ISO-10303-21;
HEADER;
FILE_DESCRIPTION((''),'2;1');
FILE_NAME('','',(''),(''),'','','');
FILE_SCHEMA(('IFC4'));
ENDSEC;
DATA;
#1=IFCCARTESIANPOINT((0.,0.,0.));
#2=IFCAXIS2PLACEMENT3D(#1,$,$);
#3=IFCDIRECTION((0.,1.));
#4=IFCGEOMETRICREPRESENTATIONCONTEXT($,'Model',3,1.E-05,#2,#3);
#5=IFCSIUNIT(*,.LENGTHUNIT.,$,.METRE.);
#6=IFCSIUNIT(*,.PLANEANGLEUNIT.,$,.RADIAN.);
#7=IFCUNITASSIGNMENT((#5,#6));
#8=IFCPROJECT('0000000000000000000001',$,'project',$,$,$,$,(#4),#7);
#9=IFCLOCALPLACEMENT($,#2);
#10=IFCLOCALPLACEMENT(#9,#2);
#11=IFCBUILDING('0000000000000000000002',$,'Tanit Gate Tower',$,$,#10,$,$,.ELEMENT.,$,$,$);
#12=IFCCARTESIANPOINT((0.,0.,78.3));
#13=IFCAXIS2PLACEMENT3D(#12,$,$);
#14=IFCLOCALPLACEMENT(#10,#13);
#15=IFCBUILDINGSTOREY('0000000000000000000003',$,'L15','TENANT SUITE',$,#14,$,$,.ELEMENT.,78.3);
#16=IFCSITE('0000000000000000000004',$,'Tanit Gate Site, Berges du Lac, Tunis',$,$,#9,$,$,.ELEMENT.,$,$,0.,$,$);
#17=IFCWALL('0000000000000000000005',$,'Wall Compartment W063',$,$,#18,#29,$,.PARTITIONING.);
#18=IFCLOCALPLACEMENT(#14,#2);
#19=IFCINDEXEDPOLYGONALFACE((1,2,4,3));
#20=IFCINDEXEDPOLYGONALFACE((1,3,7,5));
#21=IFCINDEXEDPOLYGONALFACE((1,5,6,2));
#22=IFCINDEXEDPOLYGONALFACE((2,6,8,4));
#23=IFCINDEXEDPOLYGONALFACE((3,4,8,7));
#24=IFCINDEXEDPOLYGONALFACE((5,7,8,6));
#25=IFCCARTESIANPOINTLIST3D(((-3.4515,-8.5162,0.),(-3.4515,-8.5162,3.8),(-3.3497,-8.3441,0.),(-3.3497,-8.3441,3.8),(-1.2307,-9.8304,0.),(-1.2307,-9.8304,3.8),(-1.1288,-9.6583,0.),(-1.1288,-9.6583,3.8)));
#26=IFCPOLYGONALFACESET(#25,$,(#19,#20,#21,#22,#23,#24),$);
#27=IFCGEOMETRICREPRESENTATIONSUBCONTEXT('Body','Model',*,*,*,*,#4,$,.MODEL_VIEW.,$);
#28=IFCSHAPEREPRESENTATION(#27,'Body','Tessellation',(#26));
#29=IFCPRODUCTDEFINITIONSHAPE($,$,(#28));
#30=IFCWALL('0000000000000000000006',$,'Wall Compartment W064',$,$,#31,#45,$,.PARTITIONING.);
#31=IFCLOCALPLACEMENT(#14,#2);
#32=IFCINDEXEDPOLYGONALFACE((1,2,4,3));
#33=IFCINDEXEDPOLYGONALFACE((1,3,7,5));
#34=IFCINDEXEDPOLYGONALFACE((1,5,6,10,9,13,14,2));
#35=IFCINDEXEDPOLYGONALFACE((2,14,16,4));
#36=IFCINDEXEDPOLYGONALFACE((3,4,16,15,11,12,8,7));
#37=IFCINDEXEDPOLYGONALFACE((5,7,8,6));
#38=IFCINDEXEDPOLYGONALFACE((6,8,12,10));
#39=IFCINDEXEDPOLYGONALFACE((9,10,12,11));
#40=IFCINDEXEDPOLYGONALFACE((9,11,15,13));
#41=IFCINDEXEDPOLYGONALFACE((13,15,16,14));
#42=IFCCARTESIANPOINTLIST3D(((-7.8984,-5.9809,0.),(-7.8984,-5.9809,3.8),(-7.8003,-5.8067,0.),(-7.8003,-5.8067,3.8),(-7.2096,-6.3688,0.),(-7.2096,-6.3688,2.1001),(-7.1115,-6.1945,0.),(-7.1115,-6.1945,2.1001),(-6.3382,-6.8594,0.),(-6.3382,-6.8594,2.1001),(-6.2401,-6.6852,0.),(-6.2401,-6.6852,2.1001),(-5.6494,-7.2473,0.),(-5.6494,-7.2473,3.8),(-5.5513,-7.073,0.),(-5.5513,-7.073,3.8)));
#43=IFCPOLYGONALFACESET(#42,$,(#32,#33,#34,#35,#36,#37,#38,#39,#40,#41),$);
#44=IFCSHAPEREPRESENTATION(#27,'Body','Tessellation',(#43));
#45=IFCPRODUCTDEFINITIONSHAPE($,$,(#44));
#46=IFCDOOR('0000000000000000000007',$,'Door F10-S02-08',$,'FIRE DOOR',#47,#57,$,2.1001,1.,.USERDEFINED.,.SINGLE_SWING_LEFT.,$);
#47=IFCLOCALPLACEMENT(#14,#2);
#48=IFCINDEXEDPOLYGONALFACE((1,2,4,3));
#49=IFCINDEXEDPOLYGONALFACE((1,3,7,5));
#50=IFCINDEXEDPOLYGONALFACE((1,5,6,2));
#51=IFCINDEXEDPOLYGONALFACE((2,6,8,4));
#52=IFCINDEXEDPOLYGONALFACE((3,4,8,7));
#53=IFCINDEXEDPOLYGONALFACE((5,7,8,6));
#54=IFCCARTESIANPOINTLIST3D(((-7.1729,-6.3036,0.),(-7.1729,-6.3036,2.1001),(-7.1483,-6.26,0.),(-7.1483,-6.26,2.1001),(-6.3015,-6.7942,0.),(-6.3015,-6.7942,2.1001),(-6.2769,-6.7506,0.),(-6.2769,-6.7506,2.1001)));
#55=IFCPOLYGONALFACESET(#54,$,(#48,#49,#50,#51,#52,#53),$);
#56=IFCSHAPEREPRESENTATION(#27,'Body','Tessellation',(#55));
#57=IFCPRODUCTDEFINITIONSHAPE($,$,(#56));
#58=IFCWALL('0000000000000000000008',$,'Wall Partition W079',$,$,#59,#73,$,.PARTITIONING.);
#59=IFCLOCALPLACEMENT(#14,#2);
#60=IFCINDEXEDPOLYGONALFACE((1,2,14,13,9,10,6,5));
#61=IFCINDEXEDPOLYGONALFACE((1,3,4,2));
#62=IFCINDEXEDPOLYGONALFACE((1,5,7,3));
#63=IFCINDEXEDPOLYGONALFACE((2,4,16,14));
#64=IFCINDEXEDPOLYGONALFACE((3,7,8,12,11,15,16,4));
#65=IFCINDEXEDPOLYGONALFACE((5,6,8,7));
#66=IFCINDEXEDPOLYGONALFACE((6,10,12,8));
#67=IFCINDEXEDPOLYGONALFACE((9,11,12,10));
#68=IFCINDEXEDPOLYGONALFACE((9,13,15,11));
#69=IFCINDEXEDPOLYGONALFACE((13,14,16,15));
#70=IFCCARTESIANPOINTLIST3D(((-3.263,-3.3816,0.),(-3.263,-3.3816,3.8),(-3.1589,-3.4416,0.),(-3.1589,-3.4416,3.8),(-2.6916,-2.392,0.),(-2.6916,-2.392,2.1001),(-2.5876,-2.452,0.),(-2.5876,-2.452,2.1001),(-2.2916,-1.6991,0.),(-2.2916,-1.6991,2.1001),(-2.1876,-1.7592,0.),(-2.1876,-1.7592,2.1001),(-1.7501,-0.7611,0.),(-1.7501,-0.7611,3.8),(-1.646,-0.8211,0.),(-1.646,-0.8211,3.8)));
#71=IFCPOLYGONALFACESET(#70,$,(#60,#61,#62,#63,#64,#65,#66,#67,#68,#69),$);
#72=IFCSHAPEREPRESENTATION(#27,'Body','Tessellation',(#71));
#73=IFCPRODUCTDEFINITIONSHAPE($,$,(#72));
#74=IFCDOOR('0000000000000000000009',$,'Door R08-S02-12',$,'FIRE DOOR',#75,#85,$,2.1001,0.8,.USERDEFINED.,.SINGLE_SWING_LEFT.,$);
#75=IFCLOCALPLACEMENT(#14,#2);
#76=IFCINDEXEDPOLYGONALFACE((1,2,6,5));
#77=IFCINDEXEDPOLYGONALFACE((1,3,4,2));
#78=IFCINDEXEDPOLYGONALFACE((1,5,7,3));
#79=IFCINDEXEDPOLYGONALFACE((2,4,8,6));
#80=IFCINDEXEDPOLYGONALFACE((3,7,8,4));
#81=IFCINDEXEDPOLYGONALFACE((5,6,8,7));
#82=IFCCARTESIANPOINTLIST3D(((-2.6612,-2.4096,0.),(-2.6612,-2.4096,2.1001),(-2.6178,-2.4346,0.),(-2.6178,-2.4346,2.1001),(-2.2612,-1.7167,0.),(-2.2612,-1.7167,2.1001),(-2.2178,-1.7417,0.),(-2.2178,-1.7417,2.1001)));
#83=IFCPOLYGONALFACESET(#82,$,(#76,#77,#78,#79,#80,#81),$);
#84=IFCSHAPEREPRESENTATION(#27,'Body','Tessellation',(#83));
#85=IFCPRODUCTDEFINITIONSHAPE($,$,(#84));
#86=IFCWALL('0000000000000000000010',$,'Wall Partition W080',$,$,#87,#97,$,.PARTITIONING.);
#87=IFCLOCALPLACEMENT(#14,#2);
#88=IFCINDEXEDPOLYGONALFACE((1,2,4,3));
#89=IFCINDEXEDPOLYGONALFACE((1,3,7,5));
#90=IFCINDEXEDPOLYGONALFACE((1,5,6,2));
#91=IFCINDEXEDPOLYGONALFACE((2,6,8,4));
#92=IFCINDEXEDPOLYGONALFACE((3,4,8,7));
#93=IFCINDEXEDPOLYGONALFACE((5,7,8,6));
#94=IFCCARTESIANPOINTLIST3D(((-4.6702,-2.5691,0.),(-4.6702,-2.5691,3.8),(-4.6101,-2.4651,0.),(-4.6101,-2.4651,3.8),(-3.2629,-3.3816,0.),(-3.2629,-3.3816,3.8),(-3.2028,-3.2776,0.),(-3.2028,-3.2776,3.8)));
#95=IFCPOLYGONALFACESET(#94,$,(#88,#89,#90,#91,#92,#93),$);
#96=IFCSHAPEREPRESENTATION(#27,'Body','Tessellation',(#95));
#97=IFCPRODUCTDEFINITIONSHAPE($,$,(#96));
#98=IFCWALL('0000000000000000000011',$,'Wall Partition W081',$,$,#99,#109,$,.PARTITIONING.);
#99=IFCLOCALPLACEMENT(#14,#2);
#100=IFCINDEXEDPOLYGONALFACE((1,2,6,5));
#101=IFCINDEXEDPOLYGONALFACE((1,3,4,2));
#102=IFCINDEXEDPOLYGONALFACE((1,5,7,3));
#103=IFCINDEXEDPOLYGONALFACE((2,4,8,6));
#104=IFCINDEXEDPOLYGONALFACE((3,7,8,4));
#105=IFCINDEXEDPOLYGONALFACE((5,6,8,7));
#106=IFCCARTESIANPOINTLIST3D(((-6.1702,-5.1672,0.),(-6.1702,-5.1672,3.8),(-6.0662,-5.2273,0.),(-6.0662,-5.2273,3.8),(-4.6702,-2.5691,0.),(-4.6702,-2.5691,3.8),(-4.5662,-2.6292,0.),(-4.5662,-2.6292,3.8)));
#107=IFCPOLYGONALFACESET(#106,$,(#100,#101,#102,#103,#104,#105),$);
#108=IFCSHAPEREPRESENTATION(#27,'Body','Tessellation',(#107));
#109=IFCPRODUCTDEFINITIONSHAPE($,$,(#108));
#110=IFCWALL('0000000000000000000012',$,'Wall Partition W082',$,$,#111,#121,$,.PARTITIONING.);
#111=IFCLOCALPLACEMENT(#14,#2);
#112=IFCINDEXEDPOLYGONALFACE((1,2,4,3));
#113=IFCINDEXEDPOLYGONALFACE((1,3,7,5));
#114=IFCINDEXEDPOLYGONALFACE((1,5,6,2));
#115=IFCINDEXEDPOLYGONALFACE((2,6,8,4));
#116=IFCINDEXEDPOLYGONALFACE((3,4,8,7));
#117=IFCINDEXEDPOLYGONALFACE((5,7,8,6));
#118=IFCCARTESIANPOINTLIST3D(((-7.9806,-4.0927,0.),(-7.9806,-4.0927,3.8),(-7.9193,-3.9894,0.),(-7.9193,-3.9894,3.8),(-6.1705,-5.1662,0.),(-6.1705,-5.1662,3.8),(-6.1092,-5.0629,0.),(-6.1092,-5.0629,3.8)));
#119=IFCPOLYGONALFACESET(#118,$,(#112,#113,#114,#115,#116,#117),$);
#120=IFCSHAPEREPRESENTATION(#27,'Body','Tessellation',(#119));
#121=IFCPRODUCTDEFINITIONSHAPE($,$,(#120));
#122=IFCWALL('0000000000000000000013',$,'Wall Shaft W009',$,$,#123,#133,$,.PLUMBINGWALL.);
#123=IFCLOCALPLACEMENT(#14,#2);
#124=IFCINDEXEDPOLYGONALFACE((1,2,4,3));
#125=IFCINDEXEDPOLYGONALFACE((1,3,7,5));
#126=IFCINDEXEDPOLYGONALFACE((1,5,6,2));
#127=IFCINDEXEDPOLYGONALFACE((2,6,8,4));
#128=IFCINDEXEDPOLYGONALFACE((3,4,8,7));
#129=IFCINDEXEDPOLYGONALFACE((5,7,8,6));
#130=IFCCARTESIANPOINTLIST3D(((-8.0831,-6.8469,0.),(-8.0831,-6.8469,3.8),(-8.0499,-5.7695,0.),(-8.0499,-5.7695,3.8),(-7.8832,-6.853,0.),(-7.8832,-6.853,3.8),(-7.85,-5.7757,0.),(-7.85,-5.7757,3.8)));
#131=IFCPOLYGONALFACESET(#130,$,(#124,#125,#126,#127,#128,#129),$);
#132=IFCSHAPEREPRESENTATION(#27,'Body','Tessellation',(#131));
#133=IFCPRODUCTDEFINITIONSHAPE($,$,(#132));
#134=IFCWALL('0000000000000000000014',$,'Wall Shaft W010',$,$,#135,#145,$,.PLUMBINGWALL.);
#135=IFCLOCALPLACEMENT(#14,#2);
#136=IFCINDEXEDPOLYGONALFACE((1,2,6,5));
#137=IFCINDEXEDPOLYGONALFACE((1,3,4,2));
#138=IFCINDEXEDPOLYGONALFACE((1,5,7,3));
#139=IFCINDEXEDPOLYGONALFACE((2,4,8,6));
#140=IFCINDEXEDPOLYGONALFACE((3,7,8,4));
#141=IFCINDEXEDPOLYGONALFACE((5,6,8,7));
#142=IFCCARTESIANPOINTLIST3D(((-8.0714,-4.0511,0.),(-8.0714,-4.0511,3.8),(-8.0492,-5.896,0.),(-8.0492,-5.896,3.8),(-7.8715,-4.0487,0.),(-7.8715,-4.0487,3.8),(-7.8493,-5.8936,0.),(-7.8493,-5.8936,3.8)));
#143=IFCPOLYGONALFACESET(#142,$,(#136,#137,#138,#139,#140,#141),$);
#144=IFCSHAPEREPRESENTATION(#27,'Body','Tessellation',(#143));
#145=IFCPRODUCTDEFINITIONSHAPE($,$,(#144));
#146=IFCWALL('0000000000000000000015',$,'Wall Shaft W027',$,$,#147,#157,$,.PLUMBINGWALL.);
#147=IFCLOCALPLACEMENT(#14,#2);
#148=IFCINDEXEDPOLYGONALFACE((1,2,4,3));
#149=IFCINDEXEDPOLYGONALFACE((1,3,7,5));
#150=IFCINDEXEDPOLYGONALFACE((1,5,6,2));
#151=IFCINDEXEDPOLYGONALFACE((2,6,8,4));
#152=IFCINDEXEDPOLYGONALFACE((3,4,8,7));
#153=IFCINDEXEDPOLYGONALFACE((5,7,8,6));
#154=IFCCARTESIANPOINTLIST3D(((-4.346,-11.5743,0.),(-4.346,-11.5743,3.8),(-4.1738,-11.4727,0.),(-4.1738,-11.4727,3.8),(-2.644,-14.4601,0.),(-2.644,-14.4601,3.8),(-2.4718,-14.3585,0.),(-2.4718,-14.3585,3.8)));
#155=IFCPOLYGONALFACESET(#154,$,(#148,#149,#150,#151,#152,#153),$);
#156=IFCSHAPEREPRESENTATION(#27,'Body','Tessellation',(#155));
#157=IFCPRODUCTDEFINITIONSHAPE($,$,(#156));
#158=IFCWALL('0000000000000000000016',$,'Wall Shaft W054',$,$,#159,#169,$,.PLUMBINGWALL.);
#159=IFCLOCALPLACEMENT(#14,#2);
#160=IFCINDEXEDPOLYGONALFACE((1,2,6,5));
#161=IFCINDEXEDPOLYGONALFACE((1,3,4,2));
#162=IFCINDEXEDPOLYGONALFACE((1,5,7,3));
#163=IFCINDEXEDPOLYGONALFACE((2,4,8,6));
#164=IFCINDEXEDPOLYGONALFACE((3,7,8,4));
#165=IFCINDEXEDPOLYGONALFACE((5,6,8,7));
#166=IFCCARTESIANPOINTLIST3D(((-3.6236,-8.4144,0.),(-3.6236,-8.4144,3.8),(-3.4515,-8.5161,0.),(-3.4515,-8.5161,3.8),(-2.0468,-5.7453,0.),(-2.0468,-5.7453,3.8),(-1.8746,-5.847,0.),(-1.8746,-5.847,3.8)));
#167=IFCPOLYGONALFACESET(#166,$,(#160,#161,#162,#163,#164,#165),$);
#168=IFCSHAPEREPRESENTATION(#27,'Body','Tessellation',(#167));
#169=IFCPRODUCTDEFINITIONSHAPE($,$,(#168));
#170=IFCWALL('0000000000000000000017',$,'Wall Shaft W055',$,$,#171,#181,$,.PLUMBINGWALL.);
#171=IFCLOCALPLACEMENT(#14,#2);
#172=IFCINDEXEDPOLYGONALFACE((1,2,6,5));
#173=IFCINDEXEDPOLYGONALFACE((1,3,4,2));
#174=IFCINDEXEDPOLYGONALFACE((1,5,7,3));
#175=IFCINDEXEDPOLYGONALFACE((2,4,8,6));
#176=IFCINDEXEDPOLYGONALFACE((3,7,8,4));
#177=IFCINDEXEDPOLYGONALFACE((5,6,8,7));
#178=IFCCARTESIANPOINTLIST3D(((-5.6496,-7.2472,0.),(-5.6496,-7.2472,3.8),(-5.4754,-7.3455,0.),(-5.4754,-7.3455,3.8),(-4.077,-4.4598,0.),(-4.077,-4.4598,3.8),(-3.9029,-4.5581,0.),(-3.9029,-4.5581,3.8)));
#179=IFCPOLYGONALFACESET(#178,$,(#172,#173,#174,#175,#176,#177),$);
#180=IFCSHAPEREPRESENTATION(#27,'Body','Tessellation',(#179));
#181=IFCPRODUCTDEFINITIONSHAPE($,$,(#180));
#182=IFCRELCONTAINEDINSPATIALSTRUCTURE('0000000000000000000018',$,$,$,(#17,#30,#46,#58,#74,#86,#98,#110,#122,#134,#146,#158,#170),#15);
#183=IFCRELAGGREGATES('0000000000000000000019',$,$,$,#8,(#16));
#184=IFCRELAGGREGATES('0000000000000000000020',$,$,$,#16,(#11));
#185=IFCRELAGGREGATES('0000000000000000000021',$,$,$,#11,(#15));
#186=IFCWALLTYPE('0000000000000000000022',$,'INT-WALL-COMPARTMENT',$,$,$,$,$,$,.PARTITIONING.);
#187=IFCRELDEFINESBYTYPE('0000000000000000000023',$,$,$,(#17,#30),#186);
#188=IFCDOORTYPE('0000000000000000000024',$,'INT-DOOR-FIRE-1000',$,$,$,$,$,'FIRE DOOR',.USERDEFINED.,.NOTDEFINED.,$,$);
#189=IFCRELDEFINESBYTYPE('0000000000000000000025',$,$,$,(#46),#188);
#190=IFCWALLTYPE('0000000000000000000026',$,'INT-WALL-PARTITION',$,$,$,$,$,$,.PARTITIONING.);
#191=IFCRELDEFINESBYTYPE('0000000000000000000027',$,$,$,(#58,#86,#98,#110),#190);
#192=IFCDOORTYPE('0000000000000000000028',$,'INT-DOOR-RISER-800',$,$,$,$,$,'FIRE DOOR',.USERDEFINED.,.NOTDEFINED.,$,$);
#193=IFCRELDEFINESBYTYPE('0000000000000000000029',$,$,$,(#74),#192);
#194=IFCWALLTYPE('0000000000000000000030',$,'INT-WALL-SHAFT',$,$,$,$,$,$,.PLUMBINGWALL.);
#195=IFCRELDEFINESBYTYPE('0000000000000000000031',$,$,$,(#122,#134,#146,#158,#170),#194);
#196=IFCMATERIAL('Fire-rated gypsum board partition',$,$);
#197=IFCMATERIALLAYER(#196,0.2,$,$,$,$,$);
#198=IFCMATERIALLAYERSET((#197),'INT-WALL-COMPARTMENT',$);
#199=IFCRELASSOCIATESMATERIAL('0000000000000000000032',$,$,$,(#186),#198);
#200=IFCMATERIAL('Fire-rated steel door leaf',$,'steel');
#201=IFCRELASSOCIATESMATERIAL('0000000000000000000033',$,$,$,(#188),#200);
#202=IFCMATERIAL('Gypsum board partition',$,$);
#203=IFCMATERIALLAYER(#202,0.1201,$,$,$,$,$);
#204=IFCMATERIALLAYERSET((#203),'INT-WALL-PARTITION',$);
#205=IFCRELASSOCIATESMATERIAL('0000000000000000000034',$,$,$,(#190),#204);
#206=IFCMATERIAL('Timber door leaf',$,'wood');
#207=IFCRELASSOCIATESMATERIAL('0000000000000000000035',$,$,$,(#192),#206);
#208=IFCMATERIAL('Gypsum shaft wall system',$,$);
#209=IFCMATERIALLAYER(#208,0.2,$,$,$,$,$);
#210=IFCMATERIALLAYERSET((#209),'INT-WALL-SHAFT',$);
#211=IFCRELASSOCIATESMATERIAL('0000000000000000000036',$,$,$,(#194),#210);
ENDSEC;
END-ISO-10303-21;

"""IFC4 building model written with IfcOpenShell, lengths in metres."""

from ifc_helpers import new_model, si_unit, direction, frame, frame_2d, origin, place, context, subcontext, project, spatial, rectangle, extrude, material, layer, layer_set, type_object, element, fill, save


model = new_model("IFC4")

# Units and contexts
model_context = context("Model", 3, precision=1e-05, world=origin(), true_north=direction((0.0, 1.0)))
body_context = subcontext(model_context, "Body", "Model", "MODEL_VIEW")
ifc_project = project(units=[si_unit("LENGTHUNIT", "METRE"), si_unit("PLANEANGLEUNIT", "RADIAN")], contexts=[model_context])

# Site, building, storey
site_placement = place(None, origin())
site = spatial("IfcSite", under=ifc_project, at=site_placement, Name="Tanit Gate Site, Berges du Lac, Tunis", CompositionType="ELEMENT", RefElevation=0.0)
building_placement = place(site_placement, origin())
building = spatial("IfcBuilding", under=site, at=building_placement, Name="Tanit Gate Tower", CompositionType="ELEMENT")
storey_placement = place(building_placement, frame((0.0, 0.0, 78.3)))
storey = spatial("IfcBuildingStorey", under=building, at=storey_placement, Name="L15", Description="TENANT SUITE", CompositionType="ELEMENT", Elevation=78.3)

# Wall
ifc_material_1 = material(Name="Fire-rated gypsum board partition")
ifc_layer_1 = layer(ifc_material_1, 0.2)
ifc_layer_set_1 = layer_set([ifc_layer_1], Name="INT-WALL-COMPARTMENT")
wall_type_1 = type_object("IfcWallType", Name="INT-WALL-COMPARTMENT", PredefinedType="PARTITIONING", material=ifc_layer_set_1)
wall_1_placement = place(storey_placement, frame((-3.4006, -8.4302, 0.0), z_axis=(0.0, 0.0, 1.0), x_axis=(0.860616, -0.509255, 0.0)))
element("IfcWall", 1, at=wall_1_placement, inside=storey, type_object=wall_type_1, Name="Wall Compartment W063", PredefinedType="PARTITIONING", context=body_context, shape_type="SweptSolid", body=[
    extrude(rectangle(XDim=2.5806, YDim=0.2, at=frame_2d((1.2903, 0.0))), origin(), (0.0, 0.0, 1.0), 3.8),
])

# Walls, openings, doors
wall_2_placement = place(storey_placement, frame((-7.8494, -5.8938, 0.0), z_axis=(0.0, 0.0, 1.0), x_axis=(0.871363, -0.490638, 0.0)))
wall_2 = element("IfcWall", 2, at=wall_2_placement, inside=storey, type_object=wall_type_1, Name="Wall Compartment W064", PredefinedType="PARTITIONING", context=body_context, shape_type="SweptSolid", body=[
    extrude(rectangle(XDim=2.5811, YDim=0.2, at=frame_2d((1.2905, 0.0))), origin(), (0.0, 0.0, 1.0), 3.8),
])
opening_1_placement = place(wall_2_placement, frame((0.7905, 0.0, 0.0)))
opening_1 = element("IfcOpeningElement", 3, at=opening_1_placement, cuts=wall_2, PredefinedType="OPENING", context=body_context, shape_type="SweptSolid", body=[
    extrude(rectangle(XDim=1.0, YDim=2.1001, at=frame_2d((0.5, 1.05))), frame((0.0, 0.1099, 0.0), z_axis=(0.0, -1.0, 0.0), x_axis=(1.0, 0.0, 0.0)), (0.0, 0.0, 1.0), 0.22),
])
ifc_material_2 = material(Name="Fire-rated steel door leaf", Category="steel")
door_type_1 = type_object("IfcDoorType", Name="INT-DOOR-FIRE-1000", ElementType="FIRE DOOR", OperationType="NOTDEFINED", PredefinedType="USERDEFINED", material=ifc_material_2)
door_1_placement = place(opening_1_placement, origin())
door_1 = element("IfcDoor", 4, at=door_1_placement, inside=storey, type_object=door_type_1, Name="Door F10-S02-08", ObjectType="FIRE DOOR", OperationType="SINGLE_SWING_LEFT", OverallHeight=2.1001, OverallWidth=1.0, PredefinedType="USERDEFINED", context=body_context, shape_type="SweptSolid", body=[
    extrude(rectangle(XDim=1.0, YDim=2.1001, at=frame_2d((0.5, 1.05))), frame((0.0, 0.0249, 0.0), z_axis=(0.0, -1.0, 0.0), x_axis=(1.0, 0.0, 0.0)), (0.0, 0.0, 1.0), 0.05),
])
fill(opening_1, door_1)
ifc_material_3 = material(Name="Gypsum board partition")
ifc_layer_2 = layer(ifc_material_3, 0.1201)
ifc_layer_set_2 = layer_set([ifc_layer_2], Name="INT-WALL-PARTITION")
wall_type_2 = type_object("IfcWallType", Name="INT-WALL-PARTITION", PredefinedType="PARTITIONING", material=ifc_layer_set_2)
wall_3_placement = place(storey_placement, frame((-3.2109, -3.4116, 0.0), z_axis=(0.0, 0.0, 1.0), x_axis=(0.499983, 0.866035, 0.0)))
wall_3 = element("IfcWall", 5, at=wall_3_placement, inside=storey, type_object=wall_type_2, Name="Wall Partition W079", PredefinedType="PARTITIONING", context=body_context, shape_type="SweptSolid", body=[
    extrude(rectangle(XDim=3.0259, YDim=0.1201, at=frame_2d((1.5129, 0.0))), origin(), (0.0, 0.0, 1.0), 3.8),
])
opening_2_placement = place(wall_3_placement, frame((1.1428, 0.0, 0.0)))
opening_2 = element("IfcOpeningElement", 6, at=opening_2_placement, cuts=wall_3, PredefinedType="OPENING", context=body_context, shape_type="SweptSolid", body=[
    extrude(rectangle(XDim=0.8, YDim=2.1001, at=frame_2d((0.3999, 1.05))), frame((0.0, 0.0701, 0.0), z_axis=(0.0, -1.0, 0.0), x_axis=(1.0, 0.0, 0.0)), (0.0, 0.0, 1.0), 0.1401),
])
ifc_material_4 = material(Name="Timber door leaf", Category="wood")
door_type_2 = type_object("IfcDoorType", Name="INT-DOOR-RISER-800", ElementType="FIRE DOOR", OperationType="NOTDEFINED", PredefinedType="USERDEFINED", material=ifc_material_4)
door_2_placement = place(opening_2_placement, origin())
door_2 = element("IfcDoor", 7, at=door_2_placement, inside=storey, type_object=door_type_2, Name="Door R08-S02-12", ObjectType="FIRE DOOR", OperationType="SINGLE_SWING_LEFT", OverallHeight=2.1001, OverallWidth=0.8, PredefinedType="USERDEFINED", context=body_context, shape_type="SweptSolid", body=[
    extrude(rectangle(XDim=0.8, YDim=2.1001, at=frame_2d((0.3999, 1.05))), frame((0.0, 0.0249, 0.0), z_axis=(0.0, -1.0, 0.0), x_axis=(1.0, 0.0, 0.0)), (0.0, 0.0, 1.0), 0.05),
])
fill(opening_2, door_2)

# Walls
wall_4_placement = place(storey_placement, frame((-4.6401, -2.5171, 0.0), z_axis=(0.0, 0.0, 1.0), x_axis=(0.866015, -0.500017, 0.0)))
element("IfcWall", 8, at=wall_4_placement, inside=storey, type_object=wall_type_2, Name="Wall Partition W080", PredefinedType="PARTITIONING", context=body_context, shape_type="SweptSolid", body=[
    extrude(rectangle(XDim=1.625, YDim=0.1201, at=frame_2d((0.8125, 0.0))), origin(), (0.0, 0.0, 1.0), 3.8),
])
wall_5_placement = place(storey_placement, frame((-6.1182, -5.1973, 0.0), z_axis=(0.0, 0.0, 1.0), x_axis=(0.49999, 0.866031, 0.0)))
element("IfcWall", 9, at=wall_5_placement, inside=storey, type_object=wall_type_2, Name="Wall Partition W081", PredefinedType="PARTITIONING", context=body_context, shape_type="SweptSolid", body=[
    extrude(rectangle(XDim=3.0, YDim=0.1201, at=frame_2d((1.5, 0.0))), origin(), (0.0, 0.0, 1.0), 3.8),
])
wall_6_placement = place(storey_placement, frame((-7.95, -4.041, 0.0), z_axis=(0.0, 0.0, 1.0), x_axis=(0.860112, -0.510104, 0.0)))
element("IfcWall", 10, at=wall_6_placement, inside=storey, type_object=wall_type_2, Name="Wall Partition W082", PredefinedType="PARTITIONING", context=body_context, shape_type="SweptSolid", body=[
    extrude(rectangle(XDim=2.1045, YDim=0.1201, at=frame_2d((1.0522, 0.0))), origin(), (0.0, 0.0, 1.0), 3.8),
])
ifc_material_5 = material(Name="Gypsum shaft wall system")
ifc_layer_3 = layer(ifc_material_5, 0.2)
ifc_layer_set_3 = layer_set([ifc_layer_3], Name="INT-WALL-SHAFT")
wall_type_3 = type_object("IfcWallType", Name="INT-WALL-SHAFT", PredefinedType="PLUMBINGWALL", material=ifc_layer_set_3)
wall_7_placement = place(storey_placement, frame((-7.95, -5.7725, 0.0), z_axis=(0.0, 0.0, 1.0), x_axis=(-0.030803, -0.999525, 0.0)))
element("IfcWall", 11, at=wall_7_placement, inside=storey, type_object=wall_type_3, Name="Wall Shaft W009", PredefinedType="PLUMBINGWALL", context=body_context, shape_type="SweptSolid", body=[
    extrude(rectangle(XDim=1.0779, YDim=0.2, at=frame_2d((0.5391, 0.0))), origin(), (0.0, 0.0, 1.0), 3.8),
])
wall_8_placement = place(storey_placement, frame((-7.9714, -4.05, 0.0), z_axis=(0.0, 0.0, 1.0), x_axis=(0.012043, -0.999927, 0.0)))
element("IfcWall", 12, at=wall_8_placement, inside=storey, type_object=wall_type_3, Name="Wall Shaft W010", PredefinedType="PLUMBINGWALL", context=body_context, shape_type="SweptSolid", body=[
    extrude(rectangle(XDim=1.845, YDim=0.2, at=frame_2d((0.9224, 0.0))), origin(), (0.0, 0.0, 1.0), 3.8),
])
wall_9_placement = place(storey_placement, frame((-2.5579, -14.4094, 0.0), z_axis=(0.0, 0.0, 1.0), x_axis=(-0.507997, 0.861359, 0.0)))
element("IfcWall", 13, at=wall_9_placement, inside=storey, type_object=wall_type_3, Name="Wall Shaft W027", PredefinedType="PLUMBINGWALL", context=body_context, shape_type="SweptSolid", body=[
    extrude(rectangle(XDim=3.3503, YDim=0.2, at=frame_2d((1.6753, 0.0))), origin(), (0.0, 0.0, 1.0), 3.8),
])

# Walls
wall_10_placement = place(storey_placement, frame((-1.9607, -5.7961, 0.0), z_axis=(0.0, 0.0, 1.0), x_axis=(-0.508647, -0.860975, 0.0)))
element("IfcWall", 14, at=wall_10_placement, inside=storey, type_object=wall_type_3, Name="Wall Shaft W054", PredefinedType="PLUMBINGWALL", context=body_context, shape_type="SweptSolid", body=[
    extrude(rectangle(XDim=3.1001, YDim=0.2, at=frame_2d((1.55, 0.0))), origin(), (0.0, 0.0, 1.0), 3.8),
])
wall_11_placement = place(storey_placement, frame((-3.99, -4.509, 0.0), z_axis=(0.0, 0.0, 1.0), x_axis=(-0.491358, -0.870958, 0.0)))
element("IfcWall", 15, at=wall_11_placement, inside=storey, type_object=wall_type_3, Name="Wall Shaft W055", PredefinedType="PLUMBINGWALL", context=body_context, shape_type="SweptSolid", body=[
    extrude(rectangle(XDim=3.2004, YDim=0.2, at=frame_2d((1.6001, 0.0))), origin(), (0.0, 0.0, 1.0), 3.8),
])

save(model, "model.ifc")
